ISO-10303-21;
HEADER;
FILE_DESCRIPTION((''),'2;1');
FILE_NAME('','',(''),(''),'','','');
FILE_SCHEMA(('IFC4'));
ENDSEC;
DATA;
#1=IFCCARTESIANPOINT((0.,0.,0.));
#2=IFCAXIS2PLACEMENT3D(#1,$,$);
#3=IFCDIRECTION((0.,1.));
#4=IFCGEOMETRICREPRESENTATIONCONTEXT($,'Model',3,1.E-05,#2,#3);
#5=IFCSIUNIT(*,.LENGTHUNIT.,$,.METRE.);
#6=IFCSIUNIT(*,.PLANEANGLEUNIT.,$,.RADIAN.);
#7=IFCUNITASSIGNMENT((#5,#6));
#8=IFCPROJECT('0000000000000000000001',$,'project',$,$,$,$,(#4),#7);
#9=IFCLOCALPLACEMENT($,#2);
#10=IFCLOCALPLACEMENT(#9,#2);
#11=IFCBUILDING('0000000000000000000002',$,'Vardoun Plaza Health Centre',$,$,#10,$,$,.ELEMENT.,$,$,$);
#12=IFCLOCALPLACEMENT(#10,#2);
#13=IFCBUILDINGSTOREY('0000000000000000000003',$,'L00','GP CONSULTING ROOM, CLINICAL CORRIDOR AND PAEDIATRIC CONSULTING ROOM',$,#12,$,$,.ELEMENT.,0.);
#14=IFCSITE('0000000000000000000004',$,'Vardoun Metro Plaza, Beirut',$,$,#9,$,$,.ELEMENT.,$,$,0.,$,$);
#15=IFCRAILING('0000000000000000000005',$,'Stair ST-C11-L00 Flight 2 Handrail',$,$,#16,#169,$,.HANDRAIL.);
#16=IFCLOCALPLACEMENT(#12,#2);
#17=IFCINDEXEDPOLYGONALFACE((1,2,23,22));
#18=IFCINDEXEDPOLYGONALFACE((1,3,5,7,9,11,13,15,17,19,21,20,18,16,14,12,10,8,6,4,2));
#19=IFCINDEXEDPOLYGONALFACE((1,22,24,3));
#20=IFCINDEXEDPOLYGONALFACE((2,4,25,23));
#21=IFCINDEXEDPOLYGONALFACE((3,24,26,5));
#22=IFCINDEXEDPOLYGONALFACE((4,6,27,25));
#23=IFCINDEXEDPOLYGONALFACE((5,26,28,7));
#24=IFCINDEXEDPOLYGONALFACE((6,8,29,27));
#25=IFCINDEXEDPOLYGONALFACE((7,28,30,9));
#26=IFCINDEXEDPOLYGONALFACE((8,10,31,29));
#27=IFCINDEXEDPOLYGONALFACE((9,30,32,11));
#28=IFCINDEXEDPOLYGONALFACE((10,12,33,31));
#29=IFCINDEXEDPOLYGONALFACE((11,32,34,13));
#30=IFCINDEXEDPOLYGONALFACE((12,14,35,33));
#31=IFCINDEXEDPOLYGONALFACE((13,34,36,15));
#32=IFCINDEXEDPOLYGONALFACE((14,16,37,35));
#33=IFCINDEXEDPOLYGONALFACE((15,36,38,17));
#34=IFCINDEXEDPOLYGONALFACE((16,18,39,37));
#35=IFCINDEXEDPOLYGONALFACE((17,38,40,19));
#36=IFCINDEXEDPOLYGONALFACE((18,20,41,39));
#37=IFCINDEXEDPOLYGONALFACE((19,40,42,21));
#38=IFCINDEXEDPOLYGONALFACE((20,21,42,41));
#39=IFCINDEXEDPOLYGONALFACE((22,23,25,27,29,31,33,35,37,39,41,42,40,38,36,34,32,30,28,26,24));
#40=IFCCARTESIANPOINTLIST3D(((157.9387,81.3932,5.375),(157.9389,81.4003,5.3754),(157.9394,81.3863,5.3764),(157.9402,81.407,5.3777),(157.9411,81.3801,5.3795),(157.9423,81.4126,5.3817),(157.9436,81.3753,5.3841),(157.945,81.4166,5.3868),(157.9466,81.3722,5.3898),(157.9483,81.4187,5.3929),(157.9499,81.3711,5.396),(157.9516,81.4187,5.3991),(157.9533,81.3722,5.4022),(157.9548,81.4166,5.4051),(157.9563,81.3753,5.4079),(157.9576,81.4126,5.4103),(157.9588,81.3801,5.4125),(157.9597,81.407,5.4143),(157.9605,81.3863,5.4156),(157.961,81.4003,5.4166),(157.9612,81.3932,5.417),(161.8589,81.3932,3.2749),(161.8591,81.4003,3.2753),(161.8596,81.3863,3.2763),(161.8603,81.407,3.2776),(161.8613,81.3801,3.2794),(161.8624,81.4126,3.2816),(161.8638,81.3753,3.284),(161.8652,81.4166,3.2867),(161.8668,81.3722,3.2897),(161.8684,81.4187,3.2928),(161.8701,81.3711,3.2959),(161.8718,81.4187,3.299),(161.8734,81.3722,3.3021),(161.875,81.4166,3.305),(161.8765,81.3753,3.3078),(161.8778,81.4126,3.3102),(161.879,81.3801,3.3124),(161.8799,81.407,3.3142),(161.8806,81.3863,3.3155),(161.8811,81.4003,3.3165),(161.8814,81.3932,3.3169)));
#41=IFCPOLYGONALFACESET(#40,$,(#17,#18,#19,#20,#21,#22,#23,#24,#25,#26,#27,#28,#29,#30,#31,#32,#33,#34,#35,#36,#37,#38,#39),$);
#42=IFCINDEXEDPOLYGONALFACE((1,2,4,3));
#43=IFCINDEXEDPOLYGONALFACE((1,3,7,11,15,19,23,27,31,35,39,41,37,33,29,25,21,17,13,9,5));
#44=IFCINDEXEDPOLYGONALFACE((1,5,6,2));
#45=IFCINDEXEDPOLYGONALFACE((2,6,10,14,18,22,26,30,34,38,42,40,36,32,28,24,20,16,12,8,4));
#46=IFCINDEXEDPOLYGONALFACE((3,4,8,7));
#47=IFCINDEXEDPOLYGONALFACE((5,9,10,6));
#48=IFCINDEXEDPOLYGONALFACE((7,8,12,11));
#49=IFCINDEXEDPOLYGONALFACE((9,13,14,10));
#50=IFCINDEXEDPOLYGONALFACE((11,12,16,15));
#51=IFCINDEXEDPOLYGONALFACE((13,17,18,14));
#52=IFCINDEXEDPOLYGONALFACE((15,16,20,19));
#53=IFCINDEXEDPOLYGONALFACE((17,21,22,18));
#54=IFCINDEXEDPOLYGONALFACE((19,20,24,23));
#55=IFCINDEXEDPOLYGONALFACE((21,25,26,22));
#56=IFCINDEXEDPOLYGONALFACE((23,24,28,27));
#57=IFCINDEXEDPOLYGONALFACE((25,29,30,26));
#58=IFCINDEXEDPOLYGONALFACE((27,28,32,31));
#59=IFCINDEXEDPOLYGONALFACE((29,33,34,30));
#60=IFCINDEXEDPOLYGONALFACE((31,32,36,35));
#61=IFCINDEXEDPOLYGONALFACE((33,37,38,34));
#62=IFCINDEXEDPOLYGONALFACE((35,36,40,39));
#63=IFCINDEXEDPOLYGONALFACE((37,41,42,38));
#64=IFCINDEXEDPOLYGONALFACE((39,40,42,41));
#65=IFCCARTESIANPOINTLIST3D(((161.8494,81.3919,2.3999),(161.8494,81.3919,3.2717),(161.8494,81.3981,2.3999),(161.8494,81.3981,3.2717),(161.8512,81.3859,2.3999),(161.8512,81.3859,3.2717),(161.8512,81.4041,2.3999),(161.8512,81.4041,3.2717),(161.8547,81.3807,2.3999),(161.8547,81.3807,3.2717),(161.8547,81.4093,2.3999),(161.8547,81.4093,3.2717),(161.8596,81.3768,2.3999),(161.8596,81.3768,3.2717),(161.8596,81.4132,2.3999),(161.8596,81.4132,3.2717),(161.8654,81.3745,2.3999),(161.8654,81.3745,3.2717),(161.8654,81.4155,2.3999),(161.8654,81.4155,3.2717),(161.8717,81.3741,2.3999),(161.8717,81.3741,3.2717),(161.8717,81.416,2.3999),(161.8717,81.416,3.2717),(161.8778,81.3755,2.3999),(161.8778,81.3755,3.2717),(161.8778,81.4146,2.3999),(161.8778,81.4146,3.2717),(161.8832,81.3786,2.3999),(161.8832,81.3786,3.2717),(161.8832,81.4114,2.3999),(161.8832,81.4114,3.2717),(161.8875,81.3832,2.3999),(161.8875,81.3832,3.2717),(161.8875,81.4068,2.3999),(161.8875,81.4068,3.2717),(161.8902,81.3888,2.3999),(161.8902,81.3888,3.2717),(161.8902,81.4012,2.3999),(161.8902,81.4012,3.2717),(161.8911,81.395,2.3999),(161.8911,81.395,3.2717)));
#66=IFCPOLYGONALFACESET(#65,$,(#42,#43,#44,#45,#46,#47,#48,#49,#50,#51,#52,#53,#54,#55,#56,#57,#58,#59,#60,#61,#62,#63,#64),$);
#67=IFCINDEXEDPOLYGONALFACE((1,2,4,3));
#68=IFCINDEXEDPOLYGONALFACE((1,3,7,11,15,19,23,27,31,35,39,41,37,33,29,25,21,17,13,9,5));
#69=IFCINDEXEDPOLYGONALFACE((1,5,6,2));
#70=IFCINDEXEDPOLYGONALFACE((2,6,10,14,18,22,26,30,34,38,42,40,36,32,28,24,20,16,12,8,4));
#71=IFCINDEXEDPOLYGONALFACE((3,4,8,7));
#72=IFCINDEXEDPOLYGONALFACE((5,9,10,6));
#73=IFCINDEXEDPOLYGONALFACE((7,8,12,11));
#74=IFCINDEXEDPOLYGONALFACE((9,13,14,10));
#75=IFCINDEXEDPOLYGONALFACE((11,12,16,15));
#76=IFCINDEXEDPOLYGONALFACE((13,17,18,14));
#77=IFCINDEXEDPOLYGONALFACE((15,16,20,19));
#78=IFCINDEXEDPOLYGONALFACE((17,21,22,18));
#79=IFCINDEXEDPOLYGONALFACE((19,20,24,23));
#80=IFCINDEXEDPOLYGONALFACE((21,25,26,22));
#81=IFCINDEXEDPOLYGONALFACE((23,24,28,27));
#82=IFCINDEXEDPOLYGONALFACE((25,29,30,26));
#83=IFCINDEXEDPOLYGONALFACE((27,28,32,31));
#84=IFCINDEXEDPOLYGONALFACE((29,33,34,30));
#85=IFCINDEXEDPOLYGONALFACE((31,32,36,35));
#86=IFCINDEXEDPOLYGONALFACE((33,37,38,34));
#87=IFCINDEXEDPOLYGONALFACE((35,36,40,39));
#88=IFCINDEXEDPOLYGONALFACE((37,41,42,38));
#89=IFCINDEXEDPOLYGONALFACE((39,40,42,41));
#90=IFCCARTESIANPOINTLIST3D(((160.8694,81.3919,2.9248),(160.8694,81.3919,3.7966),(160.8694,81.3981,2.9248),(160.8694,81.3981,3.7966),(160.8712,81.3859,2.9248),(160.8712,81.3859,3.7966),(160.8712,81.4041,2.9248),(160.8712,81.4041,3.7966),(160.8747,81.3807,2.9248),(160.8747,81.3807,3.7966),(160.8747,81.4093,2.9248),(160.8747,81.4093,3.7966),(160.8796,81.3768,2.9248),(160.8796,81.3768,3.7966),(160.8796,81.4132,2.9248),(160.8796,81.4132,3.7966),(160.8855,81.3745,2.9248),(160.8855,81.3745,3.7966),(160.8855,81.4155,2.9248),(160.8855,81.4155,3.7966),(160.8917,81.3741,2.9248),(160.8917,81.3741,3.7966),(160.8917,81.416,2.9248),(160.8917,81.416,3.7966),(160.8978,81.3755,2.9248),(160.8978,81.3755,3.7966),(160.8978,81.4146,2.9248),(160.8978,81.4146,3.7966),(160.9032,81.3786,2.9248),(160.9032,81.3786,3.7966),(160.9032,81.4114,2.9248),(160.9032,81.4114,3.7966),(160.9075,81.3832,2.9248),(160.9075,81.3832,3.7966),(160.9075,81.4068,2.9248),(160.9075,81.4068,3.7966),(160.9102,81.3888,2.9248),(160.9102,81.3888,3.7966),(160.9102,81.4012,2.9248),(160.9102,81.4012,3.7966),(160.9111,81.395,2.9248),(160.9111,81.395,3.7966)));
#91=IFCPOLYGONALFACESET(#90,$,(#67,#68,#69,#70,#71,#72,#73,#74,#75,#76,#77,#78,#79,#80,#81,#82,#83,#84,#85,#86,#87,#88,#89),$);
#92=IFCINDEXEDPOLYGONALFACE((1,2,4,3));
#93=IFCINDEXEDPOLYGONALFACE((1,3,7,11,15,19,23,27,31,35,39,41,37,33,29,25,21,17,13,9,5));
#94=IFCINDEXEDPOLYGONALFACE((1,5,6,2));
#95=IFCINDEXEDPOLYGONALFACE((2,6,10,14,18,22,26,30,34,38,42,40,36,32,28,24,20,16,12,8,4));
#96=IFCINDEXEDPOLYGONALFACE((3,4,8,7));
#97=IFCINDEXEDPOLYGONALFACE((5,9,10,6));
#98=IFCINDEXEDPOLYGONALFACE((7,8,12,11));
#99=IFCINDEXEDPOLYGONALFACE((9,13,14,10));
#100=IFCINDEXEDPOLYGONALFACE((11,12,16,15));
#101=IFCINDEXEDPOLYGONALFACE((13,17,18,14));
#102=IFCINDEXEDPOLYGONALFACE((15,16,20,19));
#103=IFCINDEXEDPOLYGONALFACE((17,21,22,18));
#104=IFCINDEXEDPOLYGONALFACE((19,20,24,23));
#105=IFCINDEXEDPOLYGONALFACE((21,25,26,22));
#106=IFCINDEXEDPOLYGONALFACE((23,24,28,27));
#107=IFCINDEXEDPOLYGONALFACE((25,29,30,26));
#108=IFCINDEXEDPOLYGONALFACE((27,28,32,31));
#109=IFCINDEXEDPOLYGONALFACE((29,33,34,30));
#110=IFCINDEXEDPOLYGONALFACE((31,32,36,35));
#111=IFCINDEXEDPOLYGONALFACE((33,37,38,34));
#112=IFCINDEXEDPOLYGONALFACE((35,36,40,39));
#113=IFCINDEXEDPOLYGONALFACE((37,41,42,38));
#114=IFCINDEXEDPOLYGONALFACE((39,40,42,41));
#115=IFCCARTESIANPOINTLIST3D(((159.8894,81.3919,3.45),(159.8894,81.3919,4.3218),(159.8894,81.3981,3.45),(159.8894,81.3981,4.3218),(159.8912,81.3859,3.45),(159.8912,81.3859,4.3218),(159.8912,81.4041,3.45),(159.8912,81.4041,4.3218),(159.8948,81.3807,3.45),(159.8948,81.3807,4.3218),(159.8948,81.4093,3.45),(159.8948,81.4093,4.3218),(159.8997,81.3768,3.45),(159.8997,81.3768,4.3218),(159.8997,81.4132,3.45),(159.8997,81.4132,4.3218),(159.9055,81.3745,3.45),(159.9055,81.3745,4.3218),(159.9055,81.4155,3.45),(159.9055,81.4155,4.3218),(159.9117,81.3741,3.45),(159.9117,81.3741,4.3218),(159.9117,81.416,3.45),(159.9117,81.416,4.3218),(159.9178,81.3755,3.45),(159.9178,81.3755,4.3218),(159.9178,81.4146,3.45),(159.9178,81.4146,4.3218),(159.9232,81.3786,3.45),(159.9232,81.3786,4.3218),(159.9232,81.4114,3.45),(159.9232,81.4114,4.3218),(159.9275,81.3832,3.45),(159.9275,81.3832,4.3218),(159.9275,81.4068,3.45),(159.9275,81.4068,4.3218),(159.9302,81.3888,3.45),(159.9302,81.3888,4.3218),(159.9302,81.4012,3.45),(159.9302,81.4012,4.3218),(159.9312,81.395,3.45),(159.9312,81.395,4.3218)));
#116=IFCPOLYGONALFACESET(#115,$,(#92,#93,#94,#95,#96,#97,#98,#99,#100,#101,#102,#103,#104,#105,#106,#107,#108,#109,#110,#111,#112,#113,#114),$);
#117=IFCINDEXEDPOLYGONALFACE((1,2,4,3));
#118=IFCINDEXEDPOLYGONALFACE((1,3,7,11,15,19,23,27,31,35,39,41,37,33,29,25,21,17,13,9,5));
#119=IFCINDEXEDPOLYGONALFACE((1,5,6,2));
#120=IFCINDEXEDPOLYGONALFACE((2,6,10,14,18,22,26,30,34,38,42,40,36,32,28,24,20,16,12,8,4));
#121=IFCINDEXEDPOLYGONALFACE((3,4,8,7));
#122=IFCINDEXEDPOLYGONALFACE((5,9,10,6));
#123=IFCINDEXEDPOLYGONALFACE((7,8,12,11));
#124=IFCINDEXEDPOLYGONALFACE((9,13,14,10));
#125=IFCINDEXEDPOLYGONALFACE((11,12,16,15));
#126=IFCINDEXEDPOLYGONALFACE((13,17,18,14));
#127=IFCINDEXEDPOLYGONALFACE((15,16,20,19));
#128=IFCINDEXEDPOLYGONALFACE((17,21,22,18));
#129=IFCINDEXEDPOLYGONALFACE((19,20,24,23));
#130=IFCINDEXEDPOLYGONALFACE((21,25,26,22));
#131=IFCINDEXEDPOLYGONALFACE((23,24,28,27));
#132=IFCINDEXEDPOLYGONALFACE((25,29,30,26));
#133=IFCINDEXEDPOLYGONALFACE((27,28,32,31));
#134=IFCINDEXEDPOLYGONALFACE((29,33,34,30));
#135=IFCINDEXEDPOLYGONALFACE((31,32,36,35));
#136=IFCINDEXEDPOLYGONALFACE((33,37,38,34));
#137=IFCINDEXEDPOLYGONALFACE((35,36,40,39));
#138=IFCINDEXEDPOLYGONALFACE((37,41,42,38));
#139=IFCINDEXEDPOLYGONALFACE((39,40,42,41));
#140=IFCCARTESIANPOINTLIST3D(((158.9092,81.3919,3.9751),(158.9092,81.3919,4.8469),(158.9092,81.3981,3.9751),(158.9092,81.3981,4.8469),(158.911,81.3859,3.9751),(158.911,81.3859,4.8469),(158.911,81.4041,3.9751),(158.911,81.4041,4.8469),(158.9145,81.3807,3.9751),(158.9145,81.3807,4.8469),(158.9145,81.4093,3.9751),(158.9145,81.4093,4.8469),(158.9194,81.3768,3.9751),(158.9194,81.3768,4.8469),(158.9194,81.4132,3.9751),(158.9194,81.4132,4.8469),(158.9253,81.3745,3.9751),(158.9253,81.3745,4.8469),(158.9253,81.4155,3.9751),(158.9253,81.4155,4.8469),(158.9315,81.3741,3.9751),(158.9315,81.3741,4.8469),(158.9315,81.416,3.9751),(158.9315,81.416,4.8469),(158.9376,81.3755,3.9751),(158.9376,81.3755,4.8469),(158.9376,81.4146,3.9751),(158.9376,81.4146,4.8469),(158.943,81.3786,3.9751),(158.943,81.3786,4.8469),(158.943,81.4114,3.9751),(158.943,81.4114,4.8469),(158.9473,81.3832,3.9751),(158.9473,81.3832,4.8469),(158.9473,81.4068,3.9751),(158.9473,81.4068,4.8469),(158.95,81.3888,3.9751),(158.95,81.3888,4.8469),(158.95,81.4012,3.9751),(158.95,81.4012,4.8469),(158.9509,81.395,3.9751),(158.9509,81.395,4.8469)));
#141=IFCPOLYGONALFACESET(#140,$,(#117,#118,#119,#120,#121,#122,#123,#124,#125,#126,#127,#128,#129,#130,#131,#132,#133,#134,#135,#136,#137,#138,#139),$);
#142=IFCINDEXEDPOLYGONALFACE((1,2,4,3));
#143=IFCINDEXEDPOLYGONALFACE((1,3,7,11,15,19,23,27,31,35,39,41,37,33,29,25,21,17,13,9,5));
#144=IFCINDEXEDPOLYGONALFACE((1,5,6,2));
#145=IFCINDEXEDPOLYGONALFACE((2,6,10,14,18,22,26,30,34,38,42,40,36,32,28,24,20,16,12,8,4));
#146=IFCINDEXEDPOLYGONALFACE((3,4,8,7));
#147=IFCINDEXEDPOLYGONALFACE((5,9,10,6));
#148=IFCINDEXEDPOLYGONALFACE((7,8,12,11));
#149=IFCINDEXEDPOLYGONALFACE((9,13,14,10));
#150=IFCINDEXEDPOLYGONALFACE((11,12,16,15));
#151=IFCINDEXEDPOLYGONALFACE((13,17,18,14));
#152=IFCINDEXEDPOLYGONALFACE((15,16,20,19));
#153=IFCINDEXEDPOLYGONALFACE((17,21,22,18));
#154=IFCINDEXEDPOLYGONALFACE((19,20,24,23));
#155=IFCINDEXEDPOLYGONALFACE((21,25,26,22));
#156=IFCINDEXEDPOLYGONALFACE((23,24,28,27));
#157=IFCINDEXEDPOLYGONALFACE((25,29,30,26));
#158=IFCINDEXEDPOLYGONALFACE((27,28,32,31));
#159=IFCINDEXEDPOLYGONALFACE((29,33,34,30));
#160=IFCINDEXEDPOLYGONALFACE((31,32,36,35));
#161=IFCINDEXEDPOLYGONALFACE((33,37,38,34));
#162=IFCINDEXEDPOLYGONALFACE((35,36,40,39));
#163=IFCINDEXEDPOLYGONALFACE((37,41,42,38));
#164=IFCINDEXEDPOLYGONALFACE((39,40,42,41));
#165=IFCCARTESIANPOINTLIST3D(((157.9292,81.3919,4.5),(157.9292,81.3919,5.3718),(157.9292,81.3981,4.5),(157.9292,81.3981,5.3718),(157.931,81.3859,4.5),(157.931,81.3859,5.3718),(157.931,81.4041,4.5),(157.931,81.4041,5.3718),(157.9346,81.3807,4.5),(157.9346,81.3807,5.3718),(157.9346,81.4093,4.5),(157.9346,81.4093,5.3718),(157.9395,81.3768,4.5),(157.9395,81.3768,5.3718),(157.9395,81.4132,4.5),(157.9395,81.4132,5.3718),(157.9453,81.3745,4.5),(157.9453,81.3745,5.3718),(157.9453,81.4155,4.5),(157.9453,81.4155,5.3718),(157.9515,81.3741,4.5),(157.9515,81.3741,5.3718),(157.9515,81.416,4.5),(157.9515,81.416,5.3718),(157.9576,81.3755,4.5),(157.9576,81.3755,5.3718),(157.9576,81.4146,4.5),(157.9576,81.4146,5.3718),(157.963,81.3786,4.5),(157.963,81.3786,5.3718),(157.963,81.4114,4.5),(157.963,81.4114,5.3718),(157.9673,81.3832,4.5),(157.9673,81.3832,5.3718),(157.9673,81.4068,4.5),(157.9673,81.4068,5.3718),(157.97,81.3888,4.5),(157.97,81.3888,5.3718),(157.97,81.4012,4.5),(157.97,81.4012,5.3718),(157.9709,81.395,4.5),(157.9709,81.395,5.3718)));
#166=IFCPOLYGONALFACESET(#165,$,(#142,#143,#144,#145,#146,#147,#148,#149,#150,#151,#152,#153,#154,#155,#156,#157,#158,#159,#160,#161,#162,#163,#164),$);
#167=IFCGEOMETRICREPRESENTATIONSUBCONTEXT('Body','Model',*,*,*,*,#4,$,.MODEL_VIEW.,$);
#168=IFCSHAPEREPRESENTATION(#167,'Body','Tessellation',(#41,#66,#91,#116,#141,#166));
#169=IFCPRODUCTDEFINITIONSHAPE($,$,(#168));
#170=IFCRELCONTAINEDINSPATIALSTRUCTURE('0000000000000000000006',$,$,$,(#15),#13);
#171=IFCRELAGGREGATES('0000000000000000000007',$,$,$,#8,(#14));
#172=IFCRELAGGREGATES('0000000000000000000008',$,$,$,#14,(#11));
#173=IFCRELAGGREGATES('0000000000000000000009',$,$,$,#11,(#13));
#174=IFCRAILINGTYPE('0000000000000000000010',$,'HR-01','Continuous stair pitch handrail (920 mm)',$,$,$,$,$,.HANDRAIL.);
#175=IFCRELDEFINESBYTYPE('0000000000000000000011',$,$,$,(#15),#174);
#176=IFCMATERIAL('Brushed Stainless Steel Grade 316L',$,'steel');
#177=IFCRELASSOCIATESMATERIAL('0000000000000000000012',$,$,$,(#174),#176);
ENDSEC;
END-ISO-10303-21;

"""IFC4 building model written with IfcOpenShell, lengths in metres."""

from ifc_helpers import new_model, si_unit, direction, frame, origin, origin_2d, place, context, subcontext, project, spatial, circle, extrude, material, type_object, element, save


model = new_model("IFC4")

# Units and contexts
model_context = context("Model", 3, precision=1e-05, world=origin(), true_north=direction((0.0, 1.0)))
body_context = subcontext(model_context, "Body", "Model", "MODEL_VIEW")
ifc_project = project(units=[si_unit("LENGTHUNIT", "METRE"), si_unit("PLANEANGLEUNIT", "RADIAN")], contexts=[model_context])

# Site, building, storey
site_placement = place(None, origin())
site = spatial("IfcSite", under=ifc_project, at=site_placement, Name="Vardoun Metro Plaza, Beirut", CompositionType="ELEMENT", RefElevation=0.0)
building_placement = place(site_placement, origin())
building = spatial("IfcBuilding", under=site, at=building_placement, Name="Vardoun Plaza Health Centre", CompositionType="ELEMENT")
storey_placement = place(building_placement, origin())
storey = spatial("IfcBuildingStorey", under=building, at=storey_placement, Name="L00", Description="GP CONSULTING ROOM, CLINICAL CORRIDOR AND PAEDIATRIC CONSULTING ROOM", CompositionType="ELEMENT", Elevation=0.0)

# Railing
ifc_material_1 = material(Name="Brushed Stainless Steel Grade 316L", Category="steel")
railing_type_1 = type_object("IfcRailingType", Name="HR-01", Description="Continuous stair pitch handrail (920 mm)", PredefinedType="HANDRAIL", material=ifc_material_1)
railing_1_placement = place(storey_placement, frame((161.8701, 81.395, 2.3999)))
element("IfcRailing", 1, at=railing_1_placement, inside=storey, type_object=railing_type_1, Name="Stair ST-C11-L00 Flight 2 Handrail", PredefinedType="HANDRAIL", context=body_context, shape_type="SweptSolid", body=[
    extrude(circle(Radius=0.0239, at=origin_2d()), frame((0.0, 0.0, 0.896), z_axis=(-0.881479, 0.0, 0.472223), x_axis=(0.0, -1.0, 0.0)), (0.0, 0.0, 1.0), 4.4473),
    extrude(circle(Radius=0.021, at=origin_2d()), origin(), (0.0, 0.0, 1.0), 0.8718),
    extrude(circle(Radius=0.021, at=origin_2d()), frame((-0.98, 0.0, 0.5249)), (0.0, 0.0, 1.0), 0.8718),
    extrude(circle(Radius=0.021, at=origin_2d()), frame((-1.96, 0.0, 1.05)), (0.0, 0.0, 1.0), 0.8718),
    extrude(circle(Radius=0.021, at=origin_2d()), frame((-2.9402, 0.0, 1.5752)), (0.0, 0.0, 1.0), 0.8718),
    extrude(circle(Radius=0.021, at=origin_2d()), frame((-3.9202, 0.0, 2.1001)), (0.0, 0.0, 1.0), 0.8718),
])

save(model, "model.ifc")
